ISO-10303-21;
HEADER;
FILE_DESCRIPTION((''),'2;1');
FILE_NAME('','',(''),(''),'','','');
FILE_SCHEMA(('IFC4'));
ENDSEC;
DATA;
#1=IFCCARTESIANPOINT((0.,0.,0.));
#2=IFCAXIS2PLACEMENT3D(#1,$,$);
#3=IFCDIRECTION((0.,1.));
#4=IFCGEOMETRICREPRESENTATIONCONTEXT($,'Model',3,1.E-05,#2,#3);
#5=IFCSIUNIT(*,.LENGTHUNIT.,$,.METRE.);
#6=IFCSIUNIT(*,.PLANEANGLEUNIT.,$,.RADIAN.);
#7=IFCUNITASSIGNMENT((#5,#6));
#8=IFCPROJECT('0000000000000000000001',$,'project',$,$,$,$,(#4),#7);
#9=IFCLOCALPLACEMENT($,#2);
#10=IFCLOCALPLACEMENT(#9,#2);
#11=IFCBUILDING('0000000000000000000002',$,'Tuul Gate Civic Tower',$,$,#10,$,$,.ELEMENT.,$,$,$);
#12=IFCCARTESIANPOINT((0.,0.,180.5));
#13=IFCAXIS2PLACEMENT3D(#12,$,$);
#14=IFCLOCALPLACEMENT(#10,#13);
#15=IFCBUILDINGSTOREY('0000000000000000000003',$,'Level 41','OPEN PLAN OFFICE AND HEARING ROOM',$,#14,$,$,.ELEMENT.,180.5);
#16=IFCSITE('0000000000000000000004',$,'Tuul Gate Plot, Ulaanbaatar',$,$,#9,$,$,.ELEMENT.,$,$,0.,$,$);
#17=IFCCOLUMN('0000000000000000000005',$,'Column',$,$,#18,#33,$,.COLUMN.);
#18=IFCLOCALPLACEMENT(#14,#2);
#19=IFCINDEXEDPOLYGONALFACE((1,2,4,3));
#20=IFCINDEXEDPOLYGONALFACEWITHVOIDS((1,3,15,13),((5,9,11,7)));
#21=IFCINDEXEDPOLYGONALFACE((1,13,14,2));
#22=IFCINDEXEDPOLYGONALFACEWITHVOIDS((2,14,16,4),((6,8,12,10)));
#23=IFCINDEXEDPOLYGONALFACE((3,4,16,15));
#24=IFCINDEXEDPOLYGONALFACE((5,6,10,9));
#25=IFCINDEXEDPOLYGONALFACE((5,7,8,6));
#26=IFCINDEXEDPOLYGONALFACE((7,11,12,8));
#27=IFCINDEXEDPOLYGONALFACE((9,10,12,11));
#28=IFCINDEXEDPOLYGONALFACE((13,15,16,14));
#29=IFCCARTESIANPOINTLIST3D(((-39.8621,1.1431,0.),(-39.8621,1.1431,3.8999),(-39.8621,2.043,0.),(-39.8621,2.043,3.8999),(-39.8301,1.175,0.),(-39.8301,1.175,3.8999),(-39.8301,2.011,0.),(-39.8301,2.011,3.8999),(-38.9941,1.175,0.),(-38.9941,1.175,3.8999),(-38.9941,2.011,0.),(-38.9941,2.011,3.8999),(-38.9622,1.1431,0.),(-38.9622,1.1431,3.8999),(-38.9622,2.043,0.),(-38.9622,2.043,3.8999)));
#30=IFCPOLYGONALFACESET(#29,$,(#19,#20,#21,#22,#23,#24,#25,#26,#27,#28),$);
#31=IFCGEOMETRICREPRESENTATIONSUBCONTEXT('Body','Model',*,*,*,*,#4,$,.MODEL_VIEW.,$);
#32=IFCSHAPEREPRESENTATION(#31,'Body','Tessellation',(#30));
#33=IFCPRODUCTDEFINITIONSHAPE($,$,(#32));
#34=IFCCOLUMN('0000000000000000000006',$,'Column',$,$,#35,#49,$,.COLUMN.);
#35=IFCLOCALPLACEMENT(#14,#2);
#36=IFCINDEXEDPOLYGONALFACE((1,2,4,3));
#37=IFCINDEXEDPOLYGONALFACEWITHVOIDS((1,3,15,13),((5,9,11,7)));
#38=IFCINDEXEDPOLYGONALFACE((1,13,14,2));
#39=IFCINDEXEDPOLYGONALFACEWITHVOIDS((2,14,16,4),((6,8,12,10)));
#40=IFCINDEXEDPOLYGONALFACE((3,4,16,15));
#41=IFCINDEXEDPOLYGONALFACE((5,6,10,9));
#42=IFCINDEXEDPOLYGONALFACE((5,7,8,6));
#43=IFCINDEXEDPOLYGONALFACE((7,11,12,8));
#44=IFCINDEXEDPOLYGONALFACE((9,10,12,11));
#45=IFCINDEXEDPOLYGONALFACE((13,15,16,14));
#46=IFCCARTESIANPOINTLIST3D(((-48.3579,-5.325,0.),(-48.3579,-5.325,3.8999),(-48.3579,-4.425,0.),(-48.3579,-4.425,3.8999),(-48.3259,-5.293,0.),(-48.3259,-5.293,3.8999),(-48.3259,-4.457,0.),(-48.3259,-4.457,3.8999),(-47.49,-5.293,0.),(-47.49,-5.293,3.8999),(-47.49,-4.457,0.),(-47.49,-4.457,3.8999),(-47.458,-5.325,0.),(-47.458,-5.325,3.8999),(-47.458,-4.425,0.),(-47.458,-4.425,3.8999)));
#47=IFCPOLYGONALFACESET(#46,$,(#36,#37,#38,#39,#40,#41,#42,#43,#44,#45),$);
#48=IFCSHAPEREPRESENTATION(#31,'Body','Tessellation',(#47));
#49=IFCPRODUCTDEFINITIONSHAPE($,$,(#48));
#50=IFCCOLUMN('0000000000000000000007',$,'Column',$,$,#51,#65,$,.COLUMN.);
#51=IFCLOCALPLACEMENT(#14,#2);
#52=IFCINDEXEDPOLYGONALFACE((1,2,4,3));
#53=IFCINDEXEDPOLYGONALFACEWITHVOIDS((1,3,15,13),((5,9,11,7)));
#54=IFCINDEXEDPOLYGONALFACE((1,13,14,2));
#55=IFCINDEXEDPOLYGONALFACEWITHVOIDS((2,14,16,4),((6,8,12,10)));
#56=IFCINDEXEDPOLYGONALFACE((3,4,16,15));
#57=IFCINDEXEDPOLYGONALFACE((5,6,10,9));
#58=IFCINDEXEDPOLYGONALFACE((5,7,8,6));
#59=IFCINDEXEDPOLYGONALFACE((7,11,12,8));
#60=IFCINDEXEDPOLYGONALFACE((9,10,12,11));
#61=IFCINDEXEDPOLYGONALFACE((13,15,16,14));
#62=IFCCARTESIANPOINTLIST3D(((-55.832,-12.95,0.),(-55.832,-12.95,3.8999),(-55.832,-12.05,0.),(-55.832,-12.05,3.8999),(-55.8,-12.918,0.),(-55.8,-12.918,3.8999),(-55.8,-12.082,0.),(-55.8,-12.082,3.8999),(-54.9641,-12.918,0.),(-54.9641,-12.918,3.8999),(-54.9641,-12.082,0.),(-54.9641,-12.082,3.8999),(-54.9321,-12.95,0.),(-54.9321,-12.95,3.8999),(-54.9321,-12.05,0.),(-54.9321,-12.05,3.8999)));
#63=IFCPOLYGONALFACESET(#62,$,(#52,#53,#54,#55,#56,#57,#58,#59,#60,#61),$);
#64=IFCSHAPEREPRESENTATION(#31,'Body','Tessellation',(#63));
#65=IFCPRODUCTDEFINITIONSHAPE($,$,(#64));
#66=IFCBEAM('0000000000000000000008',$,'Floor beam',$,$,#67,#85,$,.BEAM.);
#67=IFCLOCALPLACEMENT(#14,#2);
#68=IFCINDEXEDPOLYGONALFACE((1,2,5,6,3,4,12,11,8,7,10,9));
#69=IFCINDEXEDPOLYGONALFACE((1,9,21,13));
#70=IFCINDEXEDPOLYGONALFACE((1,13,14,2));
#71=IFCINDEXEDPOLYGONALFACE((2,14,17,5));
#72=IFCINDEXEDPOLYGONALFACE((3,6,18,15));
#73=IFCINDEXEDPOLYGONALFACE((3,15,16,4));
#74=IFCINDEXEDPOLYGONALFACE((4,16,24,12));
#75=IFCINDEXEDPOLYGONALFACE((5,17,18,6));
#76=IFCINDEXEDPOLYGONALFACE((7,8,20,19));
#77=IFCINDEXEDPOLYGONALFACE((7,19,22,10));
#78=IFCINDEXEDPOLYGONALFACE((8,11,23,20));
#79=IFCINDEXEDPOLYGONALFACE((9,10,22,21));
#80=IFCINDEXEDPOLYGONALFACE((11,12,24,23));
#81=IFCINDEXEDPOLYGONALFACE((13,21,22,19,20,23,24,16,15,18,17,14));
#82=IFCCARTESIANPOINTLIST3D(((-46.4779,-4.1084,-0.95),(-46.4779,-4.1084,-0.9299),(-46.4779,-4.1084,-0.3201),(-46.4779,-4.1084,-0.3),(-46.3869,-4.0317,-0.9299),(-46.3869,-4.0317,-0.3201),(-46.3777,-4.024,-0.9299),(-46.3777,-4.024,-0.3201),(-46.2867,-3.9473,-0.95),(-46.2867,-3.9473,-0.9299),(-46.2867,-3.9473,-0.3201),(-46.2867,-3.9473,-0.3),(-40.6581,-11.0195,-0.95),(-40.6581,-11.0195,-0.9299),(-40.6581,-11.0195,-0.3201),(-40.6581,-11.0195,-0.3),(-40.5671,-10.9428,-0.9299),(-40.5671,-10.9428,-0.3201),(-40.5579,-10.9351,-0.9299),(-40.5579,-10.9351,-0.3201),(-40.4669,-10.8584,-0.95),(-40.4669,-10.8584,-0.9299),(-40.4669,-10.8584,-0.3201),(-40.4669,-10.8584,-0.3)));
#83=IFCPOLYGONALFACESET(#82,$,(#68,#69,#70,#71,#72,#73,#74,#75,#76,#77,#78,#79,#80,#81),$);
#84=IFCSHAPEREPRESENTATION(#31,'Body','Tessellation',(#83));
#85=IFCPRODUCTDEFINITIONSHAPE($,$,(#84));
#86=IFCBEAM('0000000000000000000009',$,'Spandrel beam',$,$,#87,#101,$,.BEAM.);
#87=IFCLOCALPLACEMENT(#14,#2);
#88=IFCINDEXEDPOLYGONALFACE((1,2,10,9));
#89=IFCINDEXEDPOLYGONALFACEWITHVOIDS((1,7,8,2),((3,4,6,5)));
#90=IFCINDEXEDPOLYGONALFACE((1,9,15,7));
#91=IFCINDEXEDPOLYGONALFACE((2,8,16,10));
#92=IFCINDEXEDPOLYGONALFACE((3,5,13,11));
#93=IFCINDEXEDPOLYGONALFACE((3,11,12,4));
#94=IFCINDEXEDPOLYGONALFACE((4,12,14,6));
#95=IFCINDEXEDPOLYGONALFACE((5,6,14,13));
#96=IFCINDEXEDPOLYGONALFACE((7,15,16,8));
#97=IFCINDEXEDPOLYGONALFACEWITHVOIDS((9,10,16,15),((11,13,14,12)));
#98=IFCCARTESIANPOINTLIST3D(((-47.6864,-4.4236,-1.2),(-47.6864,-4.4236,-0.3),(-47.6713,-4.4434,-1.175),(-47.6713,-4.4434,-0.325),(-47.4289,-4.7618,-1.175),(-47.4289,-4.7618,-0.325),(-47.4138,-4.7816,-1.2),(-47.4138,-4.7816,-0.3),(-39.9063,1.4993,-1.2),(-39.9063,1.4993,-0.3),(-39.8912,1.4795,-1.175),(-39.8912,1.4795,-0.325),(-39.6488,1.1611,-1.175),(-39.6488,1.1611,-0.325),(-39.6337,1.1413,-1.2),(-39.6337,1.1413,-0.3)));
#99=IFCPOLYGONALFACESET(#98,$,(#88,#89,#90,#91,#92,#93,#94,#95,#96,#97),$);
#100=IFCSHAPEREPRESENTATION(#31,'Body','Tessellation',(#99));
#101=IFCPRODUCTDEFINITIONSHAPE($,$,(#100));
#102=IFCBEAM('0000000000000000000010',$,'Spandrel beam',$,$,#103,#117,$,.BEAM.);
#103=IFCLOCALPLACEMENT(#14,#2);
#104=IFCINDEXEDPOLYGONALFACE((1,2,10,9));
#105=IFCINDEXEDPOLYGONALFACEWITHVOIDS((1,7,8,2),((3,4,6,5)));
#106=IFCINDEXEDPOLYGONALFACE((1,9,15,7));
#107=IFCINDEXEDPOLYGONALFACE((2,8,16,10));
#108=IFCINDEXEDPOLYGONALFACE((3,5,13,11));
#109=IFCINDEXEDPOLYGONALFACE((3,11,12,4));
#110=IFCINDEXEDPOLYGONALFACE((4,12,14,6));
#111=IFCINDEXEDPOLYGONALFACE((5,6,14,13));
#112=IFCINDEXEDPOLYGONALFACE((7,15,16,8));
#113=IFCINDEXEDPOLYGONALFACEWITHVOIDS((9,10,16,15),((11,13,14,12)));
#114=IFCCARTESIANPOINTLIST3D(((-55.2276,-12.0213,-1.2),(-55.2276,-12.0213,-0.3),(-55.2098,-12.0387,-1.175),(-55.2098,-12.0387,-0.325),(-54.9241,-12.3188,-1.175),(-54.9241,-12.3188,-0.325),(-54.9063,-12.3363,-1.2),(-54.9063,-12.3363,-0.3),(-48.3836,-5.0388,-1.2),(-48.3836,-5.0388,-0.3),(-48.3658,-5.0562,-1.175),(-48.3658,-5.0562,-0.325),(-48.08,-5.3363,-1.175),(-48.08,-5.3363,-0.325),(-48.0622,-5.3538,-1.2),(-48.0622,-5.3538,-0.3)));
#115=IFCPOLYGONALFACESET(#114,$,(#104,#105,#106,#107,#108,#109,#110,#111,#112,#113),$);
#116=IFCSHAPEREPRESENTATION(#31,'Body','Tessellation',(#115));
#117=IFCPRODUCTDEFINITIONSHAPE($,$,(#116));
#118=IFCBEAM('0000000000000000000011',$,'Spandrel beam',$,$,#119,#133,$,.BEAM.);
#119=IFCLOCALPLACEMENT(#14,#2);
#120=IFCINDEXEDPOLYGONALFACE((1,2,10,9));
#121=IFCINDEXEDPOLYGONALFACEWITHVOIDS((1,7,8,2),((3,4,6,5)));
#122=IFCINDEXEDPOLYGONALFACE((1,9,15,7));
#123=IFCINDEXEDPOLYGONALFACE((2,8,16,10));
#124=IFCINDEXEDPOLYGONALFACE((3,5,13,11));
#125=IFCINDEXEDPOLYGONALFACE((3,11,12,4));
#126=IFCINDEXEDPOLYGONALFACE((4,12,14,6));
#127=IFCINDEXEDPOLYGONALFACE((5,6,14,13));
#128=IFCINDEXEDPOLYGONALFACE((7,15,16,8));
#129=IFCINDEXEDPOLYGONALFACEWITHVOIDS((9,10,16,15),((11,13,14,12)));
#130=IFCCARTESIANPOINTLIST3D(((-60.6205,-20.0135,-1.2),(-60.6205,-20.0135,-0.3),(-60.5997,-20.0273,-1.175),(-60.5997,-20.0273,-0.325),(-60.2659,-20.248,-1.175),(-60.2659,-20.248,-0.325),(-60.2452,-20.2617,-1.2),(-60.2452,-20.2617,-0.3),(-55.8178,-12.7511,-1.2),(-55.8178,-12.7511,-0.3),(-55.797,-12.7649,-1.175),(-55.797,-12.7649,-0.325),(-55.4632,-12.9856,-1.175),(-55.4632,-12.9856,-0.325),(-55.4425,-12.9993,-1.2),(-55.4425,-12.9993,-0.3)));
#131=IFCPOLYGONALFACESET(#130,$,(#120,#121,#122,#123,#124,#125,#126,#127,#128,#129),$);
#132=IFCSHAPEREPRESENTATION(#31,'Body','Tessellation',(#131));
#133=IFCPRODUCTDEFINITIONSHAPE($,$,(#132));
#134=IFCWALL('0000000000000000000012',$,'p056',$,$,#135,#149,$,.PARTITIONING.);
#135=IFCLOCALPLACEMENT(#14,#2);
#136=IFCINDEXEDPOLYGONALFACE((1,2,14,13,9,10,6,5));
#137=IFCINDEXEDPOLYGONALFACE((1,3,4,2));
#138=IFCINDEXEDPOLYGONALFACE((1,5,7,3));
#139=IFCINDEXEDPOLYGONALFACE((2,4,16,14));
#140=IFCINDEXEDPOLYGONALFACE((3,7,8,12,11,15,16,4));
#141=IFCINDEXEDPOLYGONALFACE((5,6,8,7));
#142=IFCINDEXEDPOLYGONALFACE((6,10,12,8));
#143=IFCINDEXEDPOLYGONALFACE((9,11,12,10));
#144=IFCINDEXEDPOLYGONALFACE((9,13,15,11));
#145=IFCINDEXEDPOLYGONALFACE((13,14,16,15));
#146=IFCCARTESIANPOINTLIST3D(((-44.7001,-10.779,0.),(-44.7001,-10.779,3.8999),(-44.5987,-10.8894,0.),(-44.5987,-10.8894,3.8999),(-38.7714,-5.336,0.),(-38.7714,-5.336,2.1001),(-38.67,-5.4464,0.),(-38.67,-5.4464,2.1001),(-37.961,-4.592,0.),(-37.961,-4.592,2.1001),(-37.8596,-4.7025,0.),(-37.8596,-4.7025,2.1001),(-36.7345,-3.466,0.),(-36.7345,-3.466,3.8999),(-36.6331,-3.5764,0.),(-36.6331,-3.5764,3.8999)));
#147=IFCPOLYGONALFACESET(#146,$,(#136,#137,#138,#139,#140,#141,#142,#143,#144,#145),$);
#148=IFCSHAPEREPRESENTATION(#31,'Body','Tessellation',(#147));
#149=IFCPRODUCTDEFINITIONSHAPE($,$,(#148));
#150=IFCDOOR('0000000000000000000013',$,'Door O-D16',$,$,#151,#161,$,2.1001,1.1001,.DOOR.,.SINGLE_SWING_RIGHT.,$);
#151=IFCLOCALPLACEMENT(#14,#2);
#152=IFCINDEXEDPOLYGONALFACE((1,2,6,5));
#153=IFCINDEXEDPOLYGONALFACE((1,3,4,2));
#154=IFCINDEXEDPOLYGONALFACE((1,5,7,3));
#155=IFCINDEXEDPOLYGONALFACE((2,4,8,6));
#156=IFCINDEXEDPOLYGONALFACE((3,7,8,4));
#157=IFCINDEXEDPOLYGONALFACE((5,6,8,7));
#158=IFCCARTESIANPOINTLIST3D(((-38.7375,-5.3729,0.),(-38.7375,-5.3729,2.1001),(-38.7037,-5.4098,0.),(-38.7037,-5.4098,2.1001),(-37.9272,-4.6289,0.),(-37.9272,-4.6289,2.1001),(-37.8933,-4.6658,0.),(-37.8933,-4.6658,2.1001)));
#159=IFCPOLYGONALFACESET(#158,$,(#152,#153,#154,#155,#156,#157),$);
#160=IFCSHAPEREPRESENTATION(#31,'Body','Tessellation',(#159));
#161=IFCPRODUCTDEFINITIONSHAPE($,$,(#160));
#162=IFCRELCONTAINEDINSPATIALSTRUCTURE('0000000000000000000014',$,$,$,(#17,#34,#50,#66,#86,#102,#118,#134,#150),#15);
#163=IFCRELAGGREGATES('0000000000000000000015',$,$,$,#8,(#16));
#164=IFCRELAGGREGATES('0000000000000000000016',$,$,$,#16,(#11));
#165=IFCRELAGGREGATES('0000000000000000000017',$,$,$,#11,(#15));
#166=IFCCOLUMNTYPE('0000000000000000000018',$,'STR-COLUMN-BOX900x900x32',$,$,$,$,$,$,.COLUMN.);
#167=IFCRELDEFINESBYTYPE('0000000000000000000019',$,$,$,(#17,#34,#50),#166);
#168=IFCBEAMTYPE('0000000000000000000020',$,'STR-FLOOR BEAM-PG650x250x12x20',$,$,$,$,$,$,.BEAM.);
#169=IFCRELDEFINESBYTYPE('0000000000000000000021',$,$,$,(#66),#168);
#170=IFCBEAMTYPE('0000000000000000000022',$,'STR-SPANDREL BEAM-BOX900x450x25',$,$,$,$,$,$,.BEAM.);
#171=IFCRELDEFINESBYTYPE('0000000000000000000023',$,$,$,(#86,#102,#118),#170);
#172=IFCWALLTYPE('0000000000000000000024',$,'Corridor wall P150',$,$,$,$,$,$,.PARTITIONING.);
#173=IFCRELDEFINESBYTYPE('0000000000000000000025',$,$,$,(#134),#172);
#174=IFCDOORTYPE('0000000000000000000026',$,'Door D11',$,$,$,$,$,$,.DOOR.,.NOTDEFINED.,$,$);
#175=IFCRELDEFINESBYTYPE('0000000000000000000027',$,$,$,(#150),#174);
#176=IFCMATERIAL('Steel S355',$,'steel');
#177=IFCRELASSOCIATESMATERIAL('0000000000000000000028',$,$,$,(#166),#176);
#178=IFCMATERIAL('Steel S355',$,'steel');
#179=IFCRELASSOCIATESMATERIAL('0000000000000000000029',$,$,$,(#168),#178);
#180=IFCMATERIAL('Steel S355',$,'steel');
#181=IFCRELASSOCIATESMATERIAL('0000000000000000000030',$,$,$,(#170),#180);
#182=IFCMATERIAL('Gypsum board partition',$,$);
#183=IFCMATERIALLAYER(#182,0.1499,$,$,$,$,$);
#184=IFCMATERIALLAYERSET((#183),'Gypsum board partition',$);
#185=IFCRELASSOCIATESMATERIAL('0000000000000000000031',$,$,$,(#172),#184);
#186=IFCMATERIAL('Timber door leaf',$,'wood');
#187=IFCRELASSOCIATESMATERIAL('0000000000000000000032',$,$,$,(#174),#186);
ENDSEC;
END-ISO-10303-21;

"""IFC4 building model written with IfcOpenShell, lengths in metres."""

from ifc_helpers import new_model, si_unit, direction, frame, frame_2d, origin, origin_2d, place, context, subcontext, project, spatial, rectangle, hollow_rectangle, i_section, extrude, material, layer, layer_set, material_profile, profile_set, type_object, element, fill, save


model = new_model("IFC4")

# Units and contexts
model_context = context("Model", 3, precision=1e-05, world=origin(), true_north=direction((0.0, 1.0)))
body_context = subcontext(model_context, "Body", "Model", "MODEL_VIEW")
ifc_project = project(units=[si_unit("LENGTHUNIT", "METRE"), si_unit("PLANEANGLEUNIT", "RADIAN")], contexts=[model_context])

# Site, building, storey
site_placement = place(None, origin())
site = spatial("IfcSite", under=ifc_project, at=site_placement, Name="Tuul Gate Plot, Ulaanbaatar", CompositionType="ELEMENT", RefElevation=0.0)
building_placement = place(site_placement, origin())
building = spatial("IfcBuilding", under=site, at=building_placement, Name="Tuul Gate Civic Tower", CompositionType="ELEMENT")
storey_placement = place(building_placement, frame((0.0, 0.0, 180.5)))
storey = spatial("IfcBuildingStorey", under=building, at=storey_placement, Name="Level 41", Description="OPEN PLAN OFFICE AND HEARING ROOM", CompositionType="ELEMENT", Elevation=180.5)

# Columns
ifc_material_1 = material(Name="Steel S355", Category="steel")
ifc_material_profile_1 = material_profile(ifc_material_1, hollow_rectangle(XDim=0.8999, YDim=0.8999, WallThickness=0.032, at=origin_2d()), Name="BOX900x900x32")
ifc_profile_set_1 = profile_set([ifc_material_profile_1], Name="Steel S355")
column_type = type_object("IfcColumnType", Name="STR-COLUMN-BOX900x900x32", PredefinedType="COLUMN", material=ifc_profile_set_1)
for number, where, z_axis, x_axis, name in (
    (1, (-39.4121, 1.593, 0.0), (0.0, 0.0, 1.0), (1.0, 0.0, 0.0), "Column"),
    (2, (-47.908, -4.875, 0.0), (0.0, 0.0, 1.0), (1.0, 0.0, 0.0), "Column"),
    (3, (-55.3821, -12.5, 0.0), (0.0, 0.0, 1.0), (1.0, 0.0, 0.0), "Column"),
):
    element("IfcColumn", number, at=place(storey_placement, frame(where, z_axis=z_axis, x_axis=x_axis)), inside=storey, type_object=column_type, Name=name, PredefinedType="COLUMN", context=body_context, shape_type="SweptSolid", body=[
        extrude(hollow_rectangle(XDim=0.8999, YDim=0.8999, WallThickness=0.032, at=origin_2d()), origin(), (0.0, 0.0, 1.0), 3.8999),
    ])

# Beams
ifc_material_2 = material(Name="Steel S355", Category="steel")
ifc_material_profile_2 = material_profile(ifc_material_2, i_section(OverallWidth=0.25, OverallDepth=0.6499, WebThickness=0.012, FlangeThickness=0.02, at=origin_2d()), Name="PG650x250x12x20")
ifc_profile_set_2 = profile_set([ifc_material_profile_2], Name="Steel S355")
beam_type_1 = type_object("IfcBeamType", Name="STR-FLOOR BEAM-PG650x250x12x20", PredefinedType="BEAM", material=ifc_profile_set_2)
beam_1_placement = place(storey_placement, frame((-40.5625, -10.939, -0.625), z_axis=(-0.644131, 0.764915, 0.0), x_axis=(-0.764915, -0.644131, 0.0)))
element("IfcBeam", 4, at=beam_1_placement, inside=storey, type_object=beam_type_1, Name="Floor beam", PredefinedType="BEAM", context=body_context, shape_type="SweptSolid", body=[
    extrude(i_section(OverallWidth=0.25, OverallDepth=0.6499, WebThickness=0.012, FlangeThickness=0.02, at=origin_2d()), origin(), (0.0, 0.0, 1.0), 9.0352),
])
ifc_material_3 = material(Name="Steel S355", Category="steel")
ifc_material_profile_3 = material_profile(ifc_material_3, hollow_rectangle(XDim=0.45, YDim=0.8999, WallThickness=0.0249, at=origin_2d()), Name="BOX900x450x25")
ifc_profile_set_3 = profile_set([ifc_material_profile_3], Name="Steel S355")
beam_type_2 = type_object("IfcBeamType", Name="STR-SPANDREL BEAM-BOX900x450x25", PredefinedType="BEAM", material=ifc_profile_set_3)
beam_2_placement = place(storey_placement, frame((-39.77, 1.3203, -0.75), z_axis=(-0.795668, -0.605733, 0.0), x_axis=(0.605733, -0.795668, 0.0)))
element("IfcBeam", 5, at=beam_2_placement, inside=storey, type_object=beam_type_2, Name="Spandrel beam", PredefinedType="BEAM", context=body_context, shape_type="SweptSolid", body=[
    extrude(hollow_rectangle(XDim=0.45, YDim=0.8999, WallThickness=0.0249, at=origin_2d()), origin(), (0.0, 0.0, 1.0), 9.7781),
])
beam_3_placement = place(storey_placement, frame((-48.2229, -5.1963, -0.75), z_axis=(-0.699992, -0.71415, 0.0), x_axis=(0.71415, -0.699992, 0.0)))
element("IfcBeam", 6, at=beam_3_placement, inside=storey, type_object=beam_type_2, Name="Spandrel beam", PredefinedType="BEAM", context=body_context, shape_type="SweptSolid", body=[
    extrude(hollow_rectangle(XDim=0.45, YDim=0.8999, WallThickness=0.0249, at=origin_2d()), origin(), (0.0, 0.0, 1.0), 9.7773),
])
beam_4_placement = place(storey_placement, frame((-55.6301, -12.8752, -0.75), z_axis=(-0.551603, -0.834107, 0.0), x_axis=(0.834107, -0.551603, 0.0)))
element("IfcBeam", 7, at=beam_4_placement, inside=storey, type_object=beam_type_2, Name="Spandrel beam", PredefinedType="BEAM", context=body_context, shape_type="SweptSolid", body=[
    extrude(hollow_rectangle(XDim=0.45, YDim=0.8999, WallThickness=0.0249, at=origin_2d()), origin(), (0.0, 0.0, 1.0), 8.7068),
])

# Wall, opening, door
ifc_material_4 = material(Name="Gypsum board partition")
ifc_layer_1 = layer(ifc_material_4, 0.1499)
ifc_layer_set_1 = layer_set([ifc_layer_1], Name="Gypsum board partition")
wall_type_1 = type_object("IfcWallType", Name="Corridor wall P150", PredefinedType="PARTITIONING", material=ifc_layer_set_1)
wall_1_placement = place(storey_placement, frame((-44.6494, -10.8342, 0.0), z_axis=(0.0, 0.0, 1.0), x_axis=(0.736638, 0.676288, 0.0)))
wall_1 = element("IfcWall", 8, at=wall_1_placement, inside=storey, type_object=wall_type_1, Name="p056", PredefinedType="PARTITIONING", context=body_context, shape_type="SweptSolid", body=[
    extrude(rectangle(XDim=10.8135, YDim=0.1499, at=frame_2d((5.4067, 0.0))), origin(), (0.0, 0.0, 1.0), 3.8999),
])
opening_1_placement = place(wall_1_placement, frame((8.0483, 0.0, 0.0)))
opening_1 = element("IfcOpeningElement", 9, at=opening_1_placement, cuts=wall_1, PredefinedType="OPENING", context=body_context, shape_type="SweptSolid", body=[
    extrude(rectangle(XDim=1.1001, YDim=2.1001, at=frame_2d((0.55, 1.05))), frame((0.0, 0.085, 0.0), z_axis=(0.0, -1.0, 0.0), x_axis=(1.0, 0.0, 0.0)), (0.0, 0.0, 1.0), 0.1699),
])
ifc_material_5 = material(Name="Timber door leaf", Category="wood")
door_type_1 = type_object("IfcDoorType", Name="Door D11", OperationType="NOTDEFINED", PredefinedType="DOOR", material=ifc_material_5)
door_1_placement = place(opening_1_placement, origin())
door_1 = element("IfcDoor", 10, at=door_1_placement, inside=storey, type_object=door_type_1, Name="Door O-D16", OperationType="SINGLE_SWING_RIGHT", OverallHeight=2.1001, OverallWidth=1.1001, PredefinedType="DOOR", context=body_context, shape_type="SweptSolid", body=[
    extrude(rectangle(XDim=1.1001, YDim=2.1001, at=frame_2d((0.55, 1.05))), frame((0.0, 0.0249, 0.0), z_axis=(0.0, -1.0, 0.0), x_axis=(1.0, 0.0, 0.0)), (0.0, 0.0, 1.0), 0.05),
])
fill(opening_1, door_1)

save(model, "model.ifc")
